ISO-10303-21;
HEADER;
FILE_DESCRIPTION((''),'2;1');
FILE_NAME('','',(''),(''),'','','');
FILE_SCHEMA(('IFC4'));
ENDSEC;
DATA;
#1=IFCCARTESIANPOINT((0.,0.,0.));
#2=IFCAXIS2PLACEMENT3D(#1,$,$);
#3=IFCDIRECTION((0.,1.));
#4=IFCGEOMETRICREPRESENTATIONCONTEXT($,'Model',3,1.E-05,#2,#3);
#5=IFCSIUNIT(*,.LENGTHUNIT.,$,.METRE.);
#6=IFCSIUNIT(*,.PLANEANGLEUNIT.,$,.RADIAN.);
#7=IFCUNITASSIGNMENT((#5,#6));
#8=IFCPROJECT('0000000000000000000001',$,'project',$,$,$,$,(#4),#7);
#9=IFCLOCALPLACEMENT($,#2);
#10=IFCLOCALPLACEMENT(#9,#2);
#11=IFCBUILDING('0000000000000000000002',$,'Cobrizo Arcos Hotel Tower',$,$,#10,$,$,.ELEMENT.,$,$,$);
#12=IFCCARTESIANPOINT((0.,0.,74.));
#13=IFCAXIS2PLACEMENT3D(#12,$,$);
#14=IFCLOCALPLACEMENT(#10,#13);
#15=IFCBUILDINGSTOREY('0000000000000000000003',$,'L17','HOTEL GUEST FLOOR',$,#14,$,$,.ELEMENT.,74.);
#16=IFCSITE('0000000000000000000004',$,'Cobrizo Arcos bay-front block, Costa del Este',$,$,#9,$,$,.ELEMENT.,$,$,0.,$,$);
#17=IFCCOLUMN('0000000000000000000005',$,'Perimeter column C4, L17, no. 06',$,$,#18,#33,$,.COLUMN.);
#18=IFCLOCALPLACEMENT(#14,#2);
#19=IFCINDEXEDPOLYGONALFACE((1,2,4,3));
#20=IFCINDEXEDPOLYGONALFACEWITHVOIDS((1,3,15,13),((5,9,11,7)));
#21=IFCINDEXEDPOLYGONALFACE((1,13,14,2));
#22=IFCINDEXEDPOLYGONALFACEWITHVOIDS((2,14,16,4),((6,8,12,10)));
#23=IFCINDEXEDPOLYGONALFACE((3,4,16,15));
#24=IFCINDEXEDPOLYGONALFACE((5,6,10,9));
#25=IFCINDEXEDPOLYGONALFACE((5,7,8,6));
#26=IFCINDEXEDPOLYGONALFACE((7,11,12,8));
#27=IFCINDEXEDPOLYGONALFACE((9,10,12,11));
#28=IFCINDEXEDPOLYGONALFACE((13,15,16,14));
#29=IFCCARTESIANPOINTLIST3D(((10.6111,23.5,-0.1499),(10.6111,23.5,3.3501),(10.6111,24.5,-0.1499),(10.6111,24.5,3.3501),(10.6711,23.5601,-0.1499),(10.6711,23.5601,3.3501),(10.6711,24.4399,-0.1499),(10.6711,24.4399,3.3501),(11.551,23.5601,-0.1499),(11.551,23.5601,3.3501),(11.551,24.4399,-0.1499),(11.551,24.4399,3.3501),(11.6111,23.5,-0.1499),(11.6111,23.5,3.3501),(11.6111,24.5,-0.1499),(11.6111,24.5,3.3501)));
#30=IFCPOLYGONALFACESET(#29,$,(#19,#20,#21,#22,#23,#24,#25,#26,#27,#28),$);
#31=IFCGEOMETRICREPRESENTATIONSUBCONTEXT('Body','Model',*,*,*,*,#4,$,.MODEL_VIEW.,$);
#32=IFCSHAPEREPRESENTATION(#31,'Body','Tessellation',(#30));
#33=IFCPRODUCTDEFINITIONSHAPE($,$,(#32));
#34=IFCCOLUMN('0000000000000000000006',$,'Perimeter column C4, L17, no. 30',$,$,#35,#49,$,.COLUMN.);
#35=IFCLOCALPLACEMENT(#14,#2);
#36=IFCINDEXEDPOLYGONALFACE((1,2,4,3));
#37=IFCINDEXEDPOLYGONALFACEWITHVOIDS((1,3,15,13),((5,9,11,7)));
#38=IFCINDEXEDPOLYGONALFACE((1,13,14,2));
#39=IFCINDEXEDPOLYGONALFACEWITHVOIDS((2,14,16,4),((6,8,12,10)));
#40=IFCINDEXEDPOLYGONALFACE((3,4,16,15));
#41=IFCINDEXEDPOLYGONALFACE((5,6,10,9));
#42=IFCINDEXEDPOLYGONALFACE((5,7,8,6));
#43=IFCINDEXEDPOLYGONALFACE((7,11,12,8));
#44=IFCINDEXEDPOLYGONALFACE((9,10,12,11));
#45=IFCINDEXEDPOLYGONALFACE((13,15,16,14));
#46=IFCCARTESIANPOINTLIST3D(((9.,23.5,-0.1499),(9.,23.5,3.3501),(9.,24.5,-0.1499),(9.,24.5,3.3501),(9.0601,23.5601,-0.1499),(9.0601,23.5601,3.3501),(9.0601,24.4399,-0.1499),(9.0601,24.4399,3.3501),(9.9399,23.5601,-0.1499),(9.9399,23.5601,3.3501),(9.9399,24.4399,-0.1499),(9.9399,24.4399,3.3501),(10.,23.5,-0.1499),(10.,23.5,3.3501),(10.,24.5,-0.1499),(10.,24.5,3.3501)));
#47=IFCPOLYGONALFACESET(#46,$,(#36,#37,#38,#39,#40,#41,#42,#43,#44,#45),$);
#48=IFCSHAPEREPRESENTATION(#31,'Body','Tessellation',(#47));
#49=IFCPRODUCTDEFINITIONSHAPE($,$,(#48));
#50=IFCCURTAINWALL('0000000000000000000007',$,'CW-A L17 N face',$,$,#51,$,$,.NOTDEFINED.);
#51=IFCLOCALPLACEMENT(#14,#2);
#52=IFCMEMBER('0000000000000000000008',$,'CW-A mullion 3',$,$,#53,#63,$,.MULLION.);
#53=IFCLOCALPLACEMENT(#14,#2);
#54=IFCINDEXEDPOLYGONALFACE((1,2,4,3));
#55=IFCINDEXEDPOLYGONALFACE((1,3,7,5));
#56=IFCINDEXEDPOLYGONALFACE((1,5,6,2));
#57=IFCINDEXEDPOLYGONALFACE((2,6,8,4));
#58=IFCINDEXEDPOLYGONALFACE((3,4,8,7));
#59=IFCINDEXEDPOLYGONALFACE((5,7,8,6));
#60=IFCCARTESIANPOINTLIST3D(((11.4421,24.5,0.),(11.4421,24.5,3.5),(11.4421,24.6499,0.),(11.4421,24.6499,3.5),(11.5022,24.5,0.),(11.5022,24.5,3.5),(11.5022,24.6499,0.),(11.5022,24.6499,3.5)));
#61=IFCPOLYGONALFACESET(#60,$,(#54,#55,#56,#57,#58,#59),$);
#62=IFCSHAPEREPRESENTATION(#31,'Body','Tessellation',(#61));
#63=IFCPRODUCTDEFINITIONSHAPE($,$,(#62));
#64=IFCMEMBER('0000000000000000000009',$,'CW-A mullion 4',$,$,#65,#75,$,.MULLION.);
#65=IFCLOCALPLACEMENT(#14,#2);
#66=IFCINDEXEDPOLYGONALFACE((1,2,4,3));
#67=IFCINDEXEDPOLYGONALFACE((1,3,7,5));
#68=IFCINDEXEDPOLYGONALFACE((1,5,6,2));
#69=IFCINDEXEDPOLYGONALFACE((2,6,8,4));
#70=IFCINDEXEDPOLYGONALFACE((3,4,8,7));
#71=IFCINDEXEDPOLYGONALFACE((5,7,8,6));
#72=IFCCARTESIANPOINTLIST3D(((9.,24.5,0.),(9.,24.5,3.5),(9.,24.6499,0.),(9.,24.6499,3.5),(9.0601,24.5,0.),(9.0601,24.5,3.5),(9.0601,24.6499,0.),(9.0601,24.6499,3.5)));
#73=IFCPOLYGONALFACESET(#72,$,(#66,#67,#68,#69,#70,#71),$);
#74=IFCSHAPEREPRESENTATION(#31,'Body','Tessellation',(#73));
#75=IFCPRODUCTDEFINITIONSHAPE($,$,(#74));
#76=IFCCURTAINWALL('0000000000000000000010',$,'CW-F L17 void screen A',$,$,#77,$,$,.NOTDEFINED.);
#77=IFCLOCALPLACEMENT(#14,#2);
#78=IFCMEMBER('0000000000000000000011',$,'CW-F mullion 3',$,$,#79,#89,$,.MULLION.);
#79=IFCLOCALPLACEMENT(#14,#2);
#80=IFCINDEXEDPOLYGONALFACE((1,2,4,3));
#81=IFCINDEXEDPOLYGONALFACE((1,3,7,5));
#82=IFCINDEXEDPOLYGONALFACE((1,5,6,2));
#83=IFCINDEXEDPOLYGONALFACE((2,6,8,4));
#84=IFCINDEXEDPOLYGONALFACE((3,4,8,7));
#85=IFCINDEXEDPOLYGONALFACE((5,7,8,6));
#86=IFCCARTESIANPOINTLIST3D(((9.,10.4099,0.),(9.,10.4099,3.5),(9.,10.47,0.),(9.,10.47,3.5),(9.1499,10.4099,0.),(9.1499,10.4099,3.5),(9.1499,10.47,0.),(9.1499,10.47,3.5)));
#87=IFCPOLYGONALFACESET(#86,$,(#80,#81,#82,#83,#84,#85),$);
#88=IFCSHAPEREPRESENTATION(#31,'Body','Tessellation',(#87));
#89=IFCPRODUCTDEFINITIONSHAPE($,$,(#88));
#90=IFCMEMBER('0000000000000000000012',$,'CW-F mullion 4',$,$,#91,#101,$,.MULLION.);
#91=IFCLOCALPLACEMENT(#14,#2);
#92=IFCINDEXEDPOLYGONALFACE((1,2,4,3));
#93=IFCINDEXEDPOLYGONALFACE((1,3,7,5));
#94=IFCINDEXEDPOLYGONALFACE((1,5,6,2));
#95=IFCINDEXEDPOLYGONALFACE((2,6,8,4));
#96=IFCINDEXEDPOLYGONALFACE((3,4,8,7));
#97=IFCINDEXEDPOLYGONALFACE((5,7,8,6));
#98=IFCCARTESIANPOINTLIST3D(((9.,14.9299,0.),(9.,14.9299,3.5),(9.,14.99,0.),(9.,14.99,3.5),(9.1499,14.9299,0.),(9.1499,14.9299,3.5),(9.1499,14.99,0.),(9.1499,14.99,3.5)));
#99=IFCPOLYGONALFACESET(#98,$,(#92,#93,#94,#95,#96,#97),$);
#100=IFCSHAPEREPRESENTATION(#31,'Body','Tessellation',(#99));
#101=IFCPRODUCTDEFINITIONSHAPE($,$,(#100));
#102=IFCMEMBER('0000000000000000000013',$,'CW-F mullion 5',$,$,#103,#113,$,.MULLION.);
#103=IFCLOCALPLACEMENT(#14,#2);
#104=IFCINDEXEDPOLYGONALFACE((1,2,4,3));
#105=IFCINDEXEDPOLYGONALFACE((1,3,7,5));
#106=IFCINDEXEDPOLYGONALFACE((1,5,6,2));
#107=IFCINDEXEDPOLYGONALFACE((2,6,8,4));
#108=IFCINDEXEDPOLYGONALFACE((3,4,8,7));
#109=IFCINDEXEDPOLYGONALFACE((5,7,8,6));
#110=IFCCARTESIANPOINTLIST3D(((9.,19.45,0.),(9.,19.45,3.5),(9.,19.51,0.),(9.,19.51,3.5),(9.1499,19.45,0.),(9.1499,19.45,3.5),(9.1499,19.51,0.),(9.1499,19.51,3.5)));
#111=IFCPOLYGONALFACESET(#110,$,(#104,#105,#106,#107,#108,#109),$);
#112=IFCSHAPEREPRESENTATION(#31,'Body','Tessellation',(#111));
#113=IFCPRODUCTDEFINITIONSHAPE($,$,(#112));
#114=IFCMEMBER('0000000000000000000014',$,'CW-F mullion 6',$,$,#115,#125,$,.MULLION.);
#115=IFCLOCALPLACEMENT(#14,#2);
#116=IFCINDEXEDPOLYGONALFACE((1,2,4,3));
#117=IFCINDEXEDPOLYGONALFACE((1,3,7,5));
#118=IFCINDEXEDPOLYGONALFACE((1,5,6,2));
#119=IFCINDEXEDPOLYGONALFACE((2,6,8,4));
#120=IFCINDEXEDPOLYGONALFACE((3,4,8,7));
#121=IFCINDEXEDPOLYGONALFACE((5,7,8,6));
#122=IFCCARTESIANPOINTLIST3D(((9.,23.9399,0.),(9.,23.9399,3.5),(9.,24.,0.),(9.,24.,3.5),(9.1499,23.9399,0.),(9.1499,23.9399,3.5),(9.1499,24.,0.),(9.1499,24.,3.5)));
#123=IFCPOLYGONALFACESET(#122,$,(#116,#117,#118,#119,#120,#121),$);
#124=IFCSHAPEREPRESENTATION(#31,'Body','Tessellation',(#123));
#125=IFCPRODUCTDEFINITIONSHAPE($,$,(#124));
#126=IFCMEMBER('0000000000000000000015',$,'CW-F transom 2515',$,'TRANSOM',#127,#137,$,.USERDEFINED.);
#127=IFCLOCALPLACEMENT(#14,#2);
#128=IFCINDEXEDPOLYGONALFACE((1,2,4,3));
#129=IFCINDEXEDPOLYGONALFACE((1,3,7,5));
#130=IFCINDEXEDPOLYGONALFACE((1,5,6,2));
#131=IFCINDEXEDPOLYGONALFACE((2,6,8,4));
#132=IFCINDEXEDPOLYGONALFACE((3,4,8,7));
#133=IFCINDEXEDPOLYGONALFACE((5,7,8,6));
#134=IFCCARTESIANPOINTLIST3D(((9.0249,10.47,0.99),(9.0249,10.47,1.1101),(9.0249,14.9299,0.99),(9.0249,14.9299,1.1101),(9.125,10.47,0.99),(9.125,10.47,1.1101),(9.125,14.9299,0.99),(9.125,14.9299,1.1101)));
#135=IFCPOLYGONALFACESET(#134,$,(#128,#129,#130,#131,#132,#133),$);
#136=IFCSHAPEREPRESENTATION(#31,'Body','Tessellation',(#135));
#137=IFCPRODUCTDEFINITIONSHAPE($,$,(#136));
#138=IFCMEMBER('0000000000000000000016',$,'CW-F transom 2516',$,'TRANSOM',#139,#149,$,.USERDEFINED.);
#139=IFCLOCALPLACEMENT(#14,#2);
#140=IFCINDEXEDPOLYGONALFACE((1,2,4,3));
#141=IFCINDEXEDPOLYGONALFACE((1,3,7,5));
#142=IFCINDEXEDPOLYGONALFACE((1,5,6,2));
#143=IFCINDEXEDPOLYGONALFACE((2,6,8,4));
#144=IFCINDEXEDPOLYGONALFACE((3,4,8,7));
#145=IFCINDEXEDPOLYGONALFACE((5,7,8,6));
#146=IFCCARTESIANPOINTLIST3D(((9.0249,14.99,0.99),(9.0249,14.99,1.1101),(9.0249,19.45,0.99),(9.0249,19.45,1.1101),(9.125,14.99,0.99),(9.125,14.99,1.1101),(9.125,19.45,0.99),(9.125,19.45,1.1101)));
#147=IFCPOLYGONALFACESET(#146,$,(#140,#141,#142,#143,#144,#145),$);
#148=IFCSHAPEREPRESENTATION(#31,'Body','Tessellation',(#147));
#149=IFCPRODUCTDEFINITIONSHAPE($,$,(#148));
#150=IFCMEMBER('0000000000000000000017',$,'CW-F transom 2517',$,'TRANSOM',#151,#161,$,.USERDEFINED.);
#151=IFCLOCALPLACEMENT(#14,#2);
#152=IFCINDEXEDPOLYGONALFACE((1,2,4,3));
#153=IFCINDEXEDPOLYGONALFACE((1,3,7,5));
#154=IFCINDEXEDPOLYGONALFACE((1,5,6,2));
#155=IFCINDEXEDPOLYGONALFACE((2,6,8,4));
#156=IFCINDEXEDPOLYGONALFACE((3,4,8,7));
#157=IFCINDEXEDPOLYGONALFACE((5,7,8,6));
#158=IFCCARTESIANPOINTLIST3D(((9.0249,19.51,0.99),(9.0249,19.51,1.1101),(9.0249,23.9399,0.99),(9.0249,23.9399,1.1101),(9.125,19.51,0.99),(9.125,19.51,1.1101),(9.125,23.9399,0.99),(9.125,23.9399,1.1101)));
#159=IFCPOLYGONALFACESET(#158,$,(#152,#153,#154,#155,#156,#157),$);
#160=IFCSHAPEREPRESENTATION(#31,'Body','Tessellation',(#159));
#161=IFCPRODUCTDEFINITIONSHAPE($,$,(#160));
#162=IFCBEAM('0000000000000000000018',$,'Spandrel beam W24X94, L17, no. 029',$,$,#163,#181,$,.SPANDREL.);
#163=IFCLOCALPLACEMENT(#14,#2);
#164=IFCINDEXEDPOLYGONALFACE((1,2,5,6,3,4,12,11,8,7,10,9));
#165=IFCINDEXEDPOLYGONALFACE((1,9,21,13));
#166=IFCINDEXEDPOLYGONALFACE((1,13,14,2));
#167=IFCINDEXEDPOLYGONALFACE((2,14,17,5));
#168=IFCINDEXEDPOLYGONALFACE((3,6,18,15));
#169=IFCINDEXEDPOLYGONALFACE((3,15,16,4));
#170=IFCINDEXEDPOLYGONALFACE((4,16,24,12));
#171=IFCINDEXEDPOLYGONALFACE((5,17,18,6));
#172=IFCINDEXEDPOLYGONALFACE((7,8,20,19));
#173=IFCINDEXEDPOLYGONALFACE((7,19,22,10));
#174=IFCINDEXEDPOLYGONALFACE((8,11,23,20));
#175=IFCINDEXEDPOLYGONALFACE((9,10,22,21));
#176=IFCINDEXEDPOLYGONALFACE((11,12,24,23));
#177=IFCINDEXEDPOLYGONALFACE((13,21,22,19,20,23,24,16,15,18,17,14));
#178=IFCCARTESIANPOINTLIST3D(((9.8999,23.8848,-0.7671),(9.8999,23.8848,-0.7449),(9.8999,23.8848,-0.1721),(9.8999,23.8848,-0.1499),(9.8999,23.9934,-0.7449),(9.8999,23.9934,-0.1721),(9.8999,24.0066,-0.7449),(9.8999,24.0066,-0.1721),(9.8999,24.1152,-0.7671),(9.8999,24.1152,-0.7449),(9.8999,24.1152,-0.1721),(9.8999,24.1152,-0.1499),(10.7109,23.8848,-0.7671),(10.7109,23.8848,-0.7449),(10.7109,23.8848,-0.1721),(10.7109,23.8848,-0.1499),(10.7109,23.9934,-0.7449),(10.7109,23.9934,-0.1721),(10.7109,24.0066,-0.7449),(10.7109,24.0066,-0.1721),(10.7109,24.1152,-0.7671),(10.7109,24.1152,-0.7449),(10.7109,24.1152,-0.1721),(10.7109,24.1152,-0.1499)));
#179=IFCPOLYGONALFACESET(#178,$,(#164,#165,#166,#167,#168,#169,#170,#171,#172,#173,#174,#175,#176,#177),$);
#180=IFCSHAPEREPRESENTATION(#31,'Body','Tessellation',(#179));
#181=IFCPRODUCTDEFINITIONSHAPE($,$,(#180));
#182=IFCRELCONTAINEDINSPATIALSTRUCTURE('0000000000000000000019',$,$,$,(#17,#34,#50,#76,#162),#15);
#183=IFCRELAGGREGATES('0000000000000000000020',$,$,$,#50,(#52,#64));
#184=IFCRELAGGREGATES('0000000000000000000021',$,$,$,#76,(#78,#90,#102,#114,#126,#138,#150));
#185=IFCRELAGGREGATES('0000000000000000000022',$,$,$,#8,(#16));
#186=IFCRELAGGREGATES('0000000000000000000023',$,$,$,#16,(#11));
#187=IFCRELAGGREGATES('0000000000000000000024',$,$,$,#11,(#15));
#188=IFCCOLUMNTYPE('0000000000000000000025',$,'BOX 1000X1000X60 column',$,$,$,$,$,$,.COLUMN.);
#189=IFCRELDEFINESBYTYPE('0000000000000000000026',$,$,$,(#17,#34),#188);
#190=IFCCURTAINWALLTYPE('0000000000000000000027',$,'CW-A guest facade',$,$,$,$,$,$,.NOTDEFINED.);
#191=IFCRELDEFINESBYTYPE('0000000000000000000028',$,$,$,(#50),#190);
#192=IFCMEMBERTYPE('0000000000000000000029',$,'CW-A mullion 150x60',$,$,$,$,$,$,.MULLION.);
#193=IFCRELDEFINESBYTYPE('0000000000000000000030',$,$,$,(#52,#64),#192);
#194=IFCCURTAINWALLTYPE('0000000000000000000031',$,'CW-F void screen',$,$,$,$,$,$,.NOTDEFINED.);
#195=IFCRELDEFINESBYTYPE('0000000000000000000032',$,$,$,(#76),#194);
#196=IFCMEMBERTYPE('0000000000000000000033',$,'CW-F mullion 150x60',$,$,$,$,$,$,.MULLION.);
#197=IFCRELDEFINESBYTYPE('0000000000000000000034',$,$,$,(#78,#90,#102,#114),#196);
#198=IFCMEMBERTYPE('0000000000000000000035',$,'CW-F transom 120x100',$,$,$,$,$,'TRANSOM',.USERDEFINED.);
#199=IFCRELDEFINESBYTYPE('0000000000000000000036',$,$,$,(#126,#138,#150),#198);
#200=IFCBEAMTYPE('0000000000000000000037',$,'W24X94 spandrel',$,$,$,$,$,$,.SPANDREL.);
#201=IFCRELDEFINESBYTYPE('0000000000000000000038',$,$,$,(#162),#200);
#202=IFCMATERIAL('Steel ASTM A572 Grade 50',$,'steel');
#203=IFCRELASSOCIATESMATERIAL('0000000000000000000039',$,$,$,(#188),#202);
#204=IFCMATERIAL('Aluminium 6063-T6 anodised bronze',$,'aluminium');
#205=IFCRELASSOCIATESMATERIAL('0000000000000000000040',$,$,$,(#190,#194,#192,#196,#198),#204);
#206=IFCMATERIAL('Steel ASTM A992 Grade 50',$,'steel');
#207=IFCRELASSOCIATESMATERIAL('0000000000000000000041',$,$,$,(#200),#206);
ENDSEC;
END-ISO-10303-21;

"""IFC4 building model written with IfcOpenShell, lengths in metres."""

from ifc_helpers import new_model, si_unit, direction, frame, origin, origin_2d, place, context, subcontext, project, spatial, rectangle, hollow_rectangle, i_section, extrude, material, material_profile, profile_set, type_object, element, aggregate, save


model = new_model("IFC4")

# Units and contexts
model_context = context("Model", 3, precision=1e-05, world=origin(), true_north=direction((0.0, 1.0)))
body_context = subcontext(model_context, "Body", "Model", "MODEL_VIEW")
ifc_project = project(units=[si_unit("LENGTHUNIT", "METRE"), si_unit("PLANEANGLEUNIT", "RADIAN")], contexts=[model_context])

# Site, building, storey
site_placement = place(None, origin())
site = spatial("IfcSite", under=ifc_project, at=site_placement, Name="Cobrizo Arcos bay-front block, Costa del Este", CompositionType="ELEMENT", RefElevation=0.0)
building_placement = place(site_placement, origin())
building = spatial("IfcBuilding", under=site, at=building_placement, Name="Cobrizo Arcos Hotel Tower", CompositionType="ELEMENT")
storey_placement = place(building_placement, frame((0.0, 0.0, 74.0)))
storey = spatial("IfcBuildingStorey", under=building, at=storey_placement, Name="L17", Description="HOTEL GUEST FLOOR", CompositionType="ELEMENT", Elevation=74.0)

# Columns
ifc_material_1 = material(Name="Steel ASTM A572 Grade 50", Category="steel")
ifc_material_profile_1 = material_profile(ifc_material_1, hollow_rectangle(XDim=1.0, YDim=1.0, WallThickness=0.0601, at=origin_2d()), Name="BOX 1000X1000X60")
ifc_profile_set_1 = profile_set([ifc_material_profile_1], Name="Steel ASTM A572 Grade 50")
column_type = type_object("IfcColumnType", Name="BOX 1000X1000X60 column", PredefinedType="COLUMN", material=ifc_profile_set_1)
for number, where, z_axis, x_axis, name in (
    (1, (11.1111, 24.0, -0.1499), (0.0, 0.0, 1.0), (1.0, 0.0, 0.0), "Perimeter column C4, L17, no. 06"),
    (2, (9.5, 24.0, -0.1499), (0.0, 0.0, 1.0), (1.0, 0.0, 0.0), "Perimeter column C4, L17, no. 30"),
):
    element("IfcColumn", number, at=place(storey_placement, frame(where, z_axis=z_axis, x_axis=x_axis)), inside=storey, type_object=column_type, Name=name, PredefinedType="COLUMN", context=body_context, shape_type="SweptSolid", body=[
        extrude(hollow_rectangle(XDim=1.0, YDim=1.0, WallThickness=0.0601, at=origin_2d()), origin(), (0.0, 0.0, 1.0), 3.5),
    ])

# Curtain walls, members
ifc_material_2 = material(Name="Aluminium 6063-T6 anodised bronze", Category="aluminium")
curtain_wall_type_1 = type_object("IfcCurtainWallType", Name="CW-A guest facade", PredefinedType="NOTDEFINED", material=ifc_material_2)
curtain_wall_1_placement = place(storey_placement, origin())
curtain_wall_1 = element("IfcCurtainWall", 3, at=curtain_wall_1_placement, inside=storey, type_object=curtain_wall_type_1, Name="CW-A L17 N face", PredefinedType="NOTDEFINED")
ifc_material_profile_2 = material_profile(ifc_material_2, rectangle(XDim=0.1499, YDim=0.0601, at=origin_2d()), Name="CW-A mullion 150x60")
ifc_profile_set_2 = profile_set([ifc_material_profile_2], Name="Aluminium 6063-T6 anodised bronze")
member_type_1 = type_object("IfcMemberType", Name="CW-A mullion 150x60", PredefinedType="MULLION", material=ifc_profile_set_2)
member_1_placement = place(storey_placement, frame((11.4722, 24.575, 0.0), z_axis=(0.0, 0.0, 1.0), x_axis=(0.0, 1.0, 0.0)))
member_1 = element("IfcMember", 4, at=member_1_placement, type_object=member_type_1, Name="CW-A mullion 3", PredefinedType="MULLION", context=body_context, shape_type="SweptSolid", body=[
    extrude(rectangle(XDim=0.1499, YDim=0.0601, at=origin_2d()), origin(), (0.0, 0.0, 1.0), 3.5),
])
member_2_placement = place(storey_placement, frame((9.03, 24.575, 0.0), z_axis=(0.0, 0.0, 1.0), x_axis=(0.0, 1.0, 0.0)))
member_2 = element("IfcMember", 5, at=member_2_placement, type_object=member_type_1, Name="CW-A mullion 4", PredefinedType="MULLION", context=body_context, shape_type="SweptSolid", body=[
    extrude(rectangle(XDim=0.1499, YDim=0.0601, at=origin_2d()), origin(), (0.0, 0.0, 1.0), 3.5),
])
curtain_wall_type_2 = type_object("IfcCurtainWallType", Name="CW-F void screen", PredefinedType="NOTDEFINED", material=ifc_material_2)
curtain_wall_2_placement = place(storey_placement, origin())
curtain_wall_2 = element("IfcCurtainWall", 6, at=curtain_wall_2_placement, inside=storey, type_object=curtain_wall_type_2, Name="CW-F L17 void screen A", PredefinedType="NOTDEFINED")
ifc_material_profile_3 = material_profile(ifc_material_2, rectangle(XDim=0.1499, YDim=0.0601, at=origin_2d()), Name="CW-F mullion 150x60")
ifc_profile_set_3 = profile_set([ifc_material_profile_3], Name="Aluminium 6063-T6 anodised bronze")
member_type_2 = type_object("IfcMemberType", Name="CW-F mullion 150x60", PredefinedType="MULLION", material=ifc_profile_set_3)
member_3_placement = place(storey_placement, frame((9.075, 10.4399, 0.0), z_axis=(0.0, 0.0, 1.0), x_axis=(1.0, 0.0, 0.0)))
member_3 = element("IfcMember", 7, at=member_3_placement, type_object=member_type_2, Name="CW-F mullion 3", PredefinedType="MULLION", context=body_context, shape_type="SweptSolid", body=[
    extrude(rectangle(XDim=0.1499, YDim=0.0601, at=origin_2d()), origin(), (0.0, 0.0, 1.0), 3.5),
])
member_4_placement = place(storey_placement, frame((9.075, 14.96, 0.0), z_axis=(0.0, 0.0, 1.0), x_axis=(1.0, 0.0, 0.0)))
member_4 = element("IfcMember", 8, at=member_4_placement, type_object=member_type_2, Name="CW-F mullion 4", PredefinedType="MULLION", context=body_context, shape_type="SweptSolid", body=[
    extrude(rectangle(XDim=0.1499, YDim=0.0601, at=origin_2d()), origin(), (0.0, 0.0, 1.0), 3.5),
])
member_5_placement = place(storey_placement, frame((9.075, 19.48, 0.0), z_axis=(0.0, 0.0, 1.0), x_axis=(1.0, 0.0, 0.0)))
member_5 = element("IfcMember", 9, at=member_5_placement, type_object=member_type_2, Name="CW-F mullion 5", PredefinedType="MULLION", context=body_context, shape_type="SweptSolid", body=[
    extrude(rectangle(XDim=0.1499, YDim=0.0601, at=origin_2d()), origin(), (0.0, 0.0, 1.0), 3.5),
])
member_6_placement = place(storey_placement, frame((9.075, 23.97, 0.0), z_axis=(0.0, 0.0, 1.0), x_axis=(1.0, 0.0, 0.0)))
member_6 = element("IfcMember", 10, at=member_6_placement, type_object=member_type_2, Name="CW-F mullion 6", PredefinedType="MULLION", context=body_context, shape_type="SweptSolid", body=[
    extrude(rectangle(XDim=0.1499, YDim=0.0601, at=origin_2d()), origin(), (0.0, 0.0, 1.0), 3.5),
])
ifc_material_profile_4 = material_profile(ifc_material_2, rectangle(XDim=0.1001, YDim=0.1201, at=origin_2d()), Name="CW-F transom 120x100")
ifc_profile_set_4 = profile_set([ifc_material_profile_4], Name="Aluminium 6063-T6 anodised bronze")
member_type_3 = type_object("IfcMemberType", Name="CW-F transom 120x100", ElementType="TRANSOM", PredefinedType="USERDEFINED", material=ifc_profile_set_4)
member_7_placement = place(storey_placement, frame((9.075, 10.47, 1.05), z_axis=(0.0, 1.0, 0.0), x_axis=(-1.0, 0.0, 0.0)))
member_7 = element("IfcMember", 11, at=member_7_placement, type_object=member_type_3, Name="CW-F transom 2515", ObjectType="TRANSOM", PredefinedType="USERDEFINED", context=body_context, shape_type="SweptSolid", body=[
    extrude(rectangle(XDim=0.1001, YDim=0.1201, at=origin_2d()), origin(), (0.0, 0.0, 1.0), 4.46),
])
member_8_placement = place(storey_placement, frame((9.075, 14.99, 1.05), z_axis=(0.0, 1.0, 0.0), x_axis=(-1.0, 0.0, 0.0)))
member_8 = element("IfcMember", 12, at=member_8_placement, type_object=member_type_3, Name="CW-F transom 2516", ObjectType="TRANSOM", PredefinedType="USERDEFINED", context=body_context, shape_type="SweptSolid", body=[
    extrude(rectangle(XDim=0.1001, YDim=0.1201, at=origin_2d()), origin(), (0.0, 0.0, 1.0), 4.46),
])
member_9_placement = place(storey_placement, frame((9.075, 19.51, 1.05), z_axis=(0.0, 1.0, 0.0), x_axis=(-1.0, 0.0, 0.0)))
member_9 = element("IfcMember", 13, at=member_9_placement, type_object=member_type_3, Name="CW-F transom 2517", ObjectType="TRANSOM", PredefinedType="USERDEFINED", context=body_context, shape_type="SweptSolid", body=[
    extrude(rectangle(XDim=0.1001, YDim=0.1201, at=origin_2d()), origin(), (0.0, 0.0, 1.0), 4.4299),
])

# Beam
ifc_material_3 = material(Name="Steel ASTM A992 Grade 50", Category="steel")
ifc_material_profile_5 = material_profile(ifc_material_3, i_section(OverallWidth=0.2305, OverallDepth=0.6172, WebThickness=0.0132, FlangeThickness=0.0222, at=origin_2d()), Name="W24X94")
ifc_profile_set_5 = profile_set([ifc_material_profile_5], Name="Steel ASTM A992 Grade 50")
beam_type = type_object("IfcBeamType", Name="W24X94 spandrel", PredefinedType="SPANDREL", material=ifc_profile_set_5)
beam_1_placement = place(storey_placement, frame((9.8999, 24.0, -0.4585), z_axis=(1.0, 0.0, 0.0), x_axis=(0.0, 1.0, 0.0)))
element("IfcBeam", 14, at=beam_1_placement, inside=storey, type_object=beam_type, Name="Spandrel beam W24X94, L17, no. 029", PredefinedType="SPANDREL", context=body_context, shape_type="SweptSolid", body=[
    extrude(i_section(OverallWidth=0.2305, OverallDepth=0.6172, WebThickness=0.0132, FlangeThickness=0.0222, at=origin_2d()), origin(), (0.0, 0.0, 1.0), 0.811),
])

aggregate(curtain_wall_1, [member_1, member_2])
aggregate(curtain_wall_2, [member_3, member_4, member_5, member_6, member_7, member_8, member_9])

save(model, "model.ifc")
